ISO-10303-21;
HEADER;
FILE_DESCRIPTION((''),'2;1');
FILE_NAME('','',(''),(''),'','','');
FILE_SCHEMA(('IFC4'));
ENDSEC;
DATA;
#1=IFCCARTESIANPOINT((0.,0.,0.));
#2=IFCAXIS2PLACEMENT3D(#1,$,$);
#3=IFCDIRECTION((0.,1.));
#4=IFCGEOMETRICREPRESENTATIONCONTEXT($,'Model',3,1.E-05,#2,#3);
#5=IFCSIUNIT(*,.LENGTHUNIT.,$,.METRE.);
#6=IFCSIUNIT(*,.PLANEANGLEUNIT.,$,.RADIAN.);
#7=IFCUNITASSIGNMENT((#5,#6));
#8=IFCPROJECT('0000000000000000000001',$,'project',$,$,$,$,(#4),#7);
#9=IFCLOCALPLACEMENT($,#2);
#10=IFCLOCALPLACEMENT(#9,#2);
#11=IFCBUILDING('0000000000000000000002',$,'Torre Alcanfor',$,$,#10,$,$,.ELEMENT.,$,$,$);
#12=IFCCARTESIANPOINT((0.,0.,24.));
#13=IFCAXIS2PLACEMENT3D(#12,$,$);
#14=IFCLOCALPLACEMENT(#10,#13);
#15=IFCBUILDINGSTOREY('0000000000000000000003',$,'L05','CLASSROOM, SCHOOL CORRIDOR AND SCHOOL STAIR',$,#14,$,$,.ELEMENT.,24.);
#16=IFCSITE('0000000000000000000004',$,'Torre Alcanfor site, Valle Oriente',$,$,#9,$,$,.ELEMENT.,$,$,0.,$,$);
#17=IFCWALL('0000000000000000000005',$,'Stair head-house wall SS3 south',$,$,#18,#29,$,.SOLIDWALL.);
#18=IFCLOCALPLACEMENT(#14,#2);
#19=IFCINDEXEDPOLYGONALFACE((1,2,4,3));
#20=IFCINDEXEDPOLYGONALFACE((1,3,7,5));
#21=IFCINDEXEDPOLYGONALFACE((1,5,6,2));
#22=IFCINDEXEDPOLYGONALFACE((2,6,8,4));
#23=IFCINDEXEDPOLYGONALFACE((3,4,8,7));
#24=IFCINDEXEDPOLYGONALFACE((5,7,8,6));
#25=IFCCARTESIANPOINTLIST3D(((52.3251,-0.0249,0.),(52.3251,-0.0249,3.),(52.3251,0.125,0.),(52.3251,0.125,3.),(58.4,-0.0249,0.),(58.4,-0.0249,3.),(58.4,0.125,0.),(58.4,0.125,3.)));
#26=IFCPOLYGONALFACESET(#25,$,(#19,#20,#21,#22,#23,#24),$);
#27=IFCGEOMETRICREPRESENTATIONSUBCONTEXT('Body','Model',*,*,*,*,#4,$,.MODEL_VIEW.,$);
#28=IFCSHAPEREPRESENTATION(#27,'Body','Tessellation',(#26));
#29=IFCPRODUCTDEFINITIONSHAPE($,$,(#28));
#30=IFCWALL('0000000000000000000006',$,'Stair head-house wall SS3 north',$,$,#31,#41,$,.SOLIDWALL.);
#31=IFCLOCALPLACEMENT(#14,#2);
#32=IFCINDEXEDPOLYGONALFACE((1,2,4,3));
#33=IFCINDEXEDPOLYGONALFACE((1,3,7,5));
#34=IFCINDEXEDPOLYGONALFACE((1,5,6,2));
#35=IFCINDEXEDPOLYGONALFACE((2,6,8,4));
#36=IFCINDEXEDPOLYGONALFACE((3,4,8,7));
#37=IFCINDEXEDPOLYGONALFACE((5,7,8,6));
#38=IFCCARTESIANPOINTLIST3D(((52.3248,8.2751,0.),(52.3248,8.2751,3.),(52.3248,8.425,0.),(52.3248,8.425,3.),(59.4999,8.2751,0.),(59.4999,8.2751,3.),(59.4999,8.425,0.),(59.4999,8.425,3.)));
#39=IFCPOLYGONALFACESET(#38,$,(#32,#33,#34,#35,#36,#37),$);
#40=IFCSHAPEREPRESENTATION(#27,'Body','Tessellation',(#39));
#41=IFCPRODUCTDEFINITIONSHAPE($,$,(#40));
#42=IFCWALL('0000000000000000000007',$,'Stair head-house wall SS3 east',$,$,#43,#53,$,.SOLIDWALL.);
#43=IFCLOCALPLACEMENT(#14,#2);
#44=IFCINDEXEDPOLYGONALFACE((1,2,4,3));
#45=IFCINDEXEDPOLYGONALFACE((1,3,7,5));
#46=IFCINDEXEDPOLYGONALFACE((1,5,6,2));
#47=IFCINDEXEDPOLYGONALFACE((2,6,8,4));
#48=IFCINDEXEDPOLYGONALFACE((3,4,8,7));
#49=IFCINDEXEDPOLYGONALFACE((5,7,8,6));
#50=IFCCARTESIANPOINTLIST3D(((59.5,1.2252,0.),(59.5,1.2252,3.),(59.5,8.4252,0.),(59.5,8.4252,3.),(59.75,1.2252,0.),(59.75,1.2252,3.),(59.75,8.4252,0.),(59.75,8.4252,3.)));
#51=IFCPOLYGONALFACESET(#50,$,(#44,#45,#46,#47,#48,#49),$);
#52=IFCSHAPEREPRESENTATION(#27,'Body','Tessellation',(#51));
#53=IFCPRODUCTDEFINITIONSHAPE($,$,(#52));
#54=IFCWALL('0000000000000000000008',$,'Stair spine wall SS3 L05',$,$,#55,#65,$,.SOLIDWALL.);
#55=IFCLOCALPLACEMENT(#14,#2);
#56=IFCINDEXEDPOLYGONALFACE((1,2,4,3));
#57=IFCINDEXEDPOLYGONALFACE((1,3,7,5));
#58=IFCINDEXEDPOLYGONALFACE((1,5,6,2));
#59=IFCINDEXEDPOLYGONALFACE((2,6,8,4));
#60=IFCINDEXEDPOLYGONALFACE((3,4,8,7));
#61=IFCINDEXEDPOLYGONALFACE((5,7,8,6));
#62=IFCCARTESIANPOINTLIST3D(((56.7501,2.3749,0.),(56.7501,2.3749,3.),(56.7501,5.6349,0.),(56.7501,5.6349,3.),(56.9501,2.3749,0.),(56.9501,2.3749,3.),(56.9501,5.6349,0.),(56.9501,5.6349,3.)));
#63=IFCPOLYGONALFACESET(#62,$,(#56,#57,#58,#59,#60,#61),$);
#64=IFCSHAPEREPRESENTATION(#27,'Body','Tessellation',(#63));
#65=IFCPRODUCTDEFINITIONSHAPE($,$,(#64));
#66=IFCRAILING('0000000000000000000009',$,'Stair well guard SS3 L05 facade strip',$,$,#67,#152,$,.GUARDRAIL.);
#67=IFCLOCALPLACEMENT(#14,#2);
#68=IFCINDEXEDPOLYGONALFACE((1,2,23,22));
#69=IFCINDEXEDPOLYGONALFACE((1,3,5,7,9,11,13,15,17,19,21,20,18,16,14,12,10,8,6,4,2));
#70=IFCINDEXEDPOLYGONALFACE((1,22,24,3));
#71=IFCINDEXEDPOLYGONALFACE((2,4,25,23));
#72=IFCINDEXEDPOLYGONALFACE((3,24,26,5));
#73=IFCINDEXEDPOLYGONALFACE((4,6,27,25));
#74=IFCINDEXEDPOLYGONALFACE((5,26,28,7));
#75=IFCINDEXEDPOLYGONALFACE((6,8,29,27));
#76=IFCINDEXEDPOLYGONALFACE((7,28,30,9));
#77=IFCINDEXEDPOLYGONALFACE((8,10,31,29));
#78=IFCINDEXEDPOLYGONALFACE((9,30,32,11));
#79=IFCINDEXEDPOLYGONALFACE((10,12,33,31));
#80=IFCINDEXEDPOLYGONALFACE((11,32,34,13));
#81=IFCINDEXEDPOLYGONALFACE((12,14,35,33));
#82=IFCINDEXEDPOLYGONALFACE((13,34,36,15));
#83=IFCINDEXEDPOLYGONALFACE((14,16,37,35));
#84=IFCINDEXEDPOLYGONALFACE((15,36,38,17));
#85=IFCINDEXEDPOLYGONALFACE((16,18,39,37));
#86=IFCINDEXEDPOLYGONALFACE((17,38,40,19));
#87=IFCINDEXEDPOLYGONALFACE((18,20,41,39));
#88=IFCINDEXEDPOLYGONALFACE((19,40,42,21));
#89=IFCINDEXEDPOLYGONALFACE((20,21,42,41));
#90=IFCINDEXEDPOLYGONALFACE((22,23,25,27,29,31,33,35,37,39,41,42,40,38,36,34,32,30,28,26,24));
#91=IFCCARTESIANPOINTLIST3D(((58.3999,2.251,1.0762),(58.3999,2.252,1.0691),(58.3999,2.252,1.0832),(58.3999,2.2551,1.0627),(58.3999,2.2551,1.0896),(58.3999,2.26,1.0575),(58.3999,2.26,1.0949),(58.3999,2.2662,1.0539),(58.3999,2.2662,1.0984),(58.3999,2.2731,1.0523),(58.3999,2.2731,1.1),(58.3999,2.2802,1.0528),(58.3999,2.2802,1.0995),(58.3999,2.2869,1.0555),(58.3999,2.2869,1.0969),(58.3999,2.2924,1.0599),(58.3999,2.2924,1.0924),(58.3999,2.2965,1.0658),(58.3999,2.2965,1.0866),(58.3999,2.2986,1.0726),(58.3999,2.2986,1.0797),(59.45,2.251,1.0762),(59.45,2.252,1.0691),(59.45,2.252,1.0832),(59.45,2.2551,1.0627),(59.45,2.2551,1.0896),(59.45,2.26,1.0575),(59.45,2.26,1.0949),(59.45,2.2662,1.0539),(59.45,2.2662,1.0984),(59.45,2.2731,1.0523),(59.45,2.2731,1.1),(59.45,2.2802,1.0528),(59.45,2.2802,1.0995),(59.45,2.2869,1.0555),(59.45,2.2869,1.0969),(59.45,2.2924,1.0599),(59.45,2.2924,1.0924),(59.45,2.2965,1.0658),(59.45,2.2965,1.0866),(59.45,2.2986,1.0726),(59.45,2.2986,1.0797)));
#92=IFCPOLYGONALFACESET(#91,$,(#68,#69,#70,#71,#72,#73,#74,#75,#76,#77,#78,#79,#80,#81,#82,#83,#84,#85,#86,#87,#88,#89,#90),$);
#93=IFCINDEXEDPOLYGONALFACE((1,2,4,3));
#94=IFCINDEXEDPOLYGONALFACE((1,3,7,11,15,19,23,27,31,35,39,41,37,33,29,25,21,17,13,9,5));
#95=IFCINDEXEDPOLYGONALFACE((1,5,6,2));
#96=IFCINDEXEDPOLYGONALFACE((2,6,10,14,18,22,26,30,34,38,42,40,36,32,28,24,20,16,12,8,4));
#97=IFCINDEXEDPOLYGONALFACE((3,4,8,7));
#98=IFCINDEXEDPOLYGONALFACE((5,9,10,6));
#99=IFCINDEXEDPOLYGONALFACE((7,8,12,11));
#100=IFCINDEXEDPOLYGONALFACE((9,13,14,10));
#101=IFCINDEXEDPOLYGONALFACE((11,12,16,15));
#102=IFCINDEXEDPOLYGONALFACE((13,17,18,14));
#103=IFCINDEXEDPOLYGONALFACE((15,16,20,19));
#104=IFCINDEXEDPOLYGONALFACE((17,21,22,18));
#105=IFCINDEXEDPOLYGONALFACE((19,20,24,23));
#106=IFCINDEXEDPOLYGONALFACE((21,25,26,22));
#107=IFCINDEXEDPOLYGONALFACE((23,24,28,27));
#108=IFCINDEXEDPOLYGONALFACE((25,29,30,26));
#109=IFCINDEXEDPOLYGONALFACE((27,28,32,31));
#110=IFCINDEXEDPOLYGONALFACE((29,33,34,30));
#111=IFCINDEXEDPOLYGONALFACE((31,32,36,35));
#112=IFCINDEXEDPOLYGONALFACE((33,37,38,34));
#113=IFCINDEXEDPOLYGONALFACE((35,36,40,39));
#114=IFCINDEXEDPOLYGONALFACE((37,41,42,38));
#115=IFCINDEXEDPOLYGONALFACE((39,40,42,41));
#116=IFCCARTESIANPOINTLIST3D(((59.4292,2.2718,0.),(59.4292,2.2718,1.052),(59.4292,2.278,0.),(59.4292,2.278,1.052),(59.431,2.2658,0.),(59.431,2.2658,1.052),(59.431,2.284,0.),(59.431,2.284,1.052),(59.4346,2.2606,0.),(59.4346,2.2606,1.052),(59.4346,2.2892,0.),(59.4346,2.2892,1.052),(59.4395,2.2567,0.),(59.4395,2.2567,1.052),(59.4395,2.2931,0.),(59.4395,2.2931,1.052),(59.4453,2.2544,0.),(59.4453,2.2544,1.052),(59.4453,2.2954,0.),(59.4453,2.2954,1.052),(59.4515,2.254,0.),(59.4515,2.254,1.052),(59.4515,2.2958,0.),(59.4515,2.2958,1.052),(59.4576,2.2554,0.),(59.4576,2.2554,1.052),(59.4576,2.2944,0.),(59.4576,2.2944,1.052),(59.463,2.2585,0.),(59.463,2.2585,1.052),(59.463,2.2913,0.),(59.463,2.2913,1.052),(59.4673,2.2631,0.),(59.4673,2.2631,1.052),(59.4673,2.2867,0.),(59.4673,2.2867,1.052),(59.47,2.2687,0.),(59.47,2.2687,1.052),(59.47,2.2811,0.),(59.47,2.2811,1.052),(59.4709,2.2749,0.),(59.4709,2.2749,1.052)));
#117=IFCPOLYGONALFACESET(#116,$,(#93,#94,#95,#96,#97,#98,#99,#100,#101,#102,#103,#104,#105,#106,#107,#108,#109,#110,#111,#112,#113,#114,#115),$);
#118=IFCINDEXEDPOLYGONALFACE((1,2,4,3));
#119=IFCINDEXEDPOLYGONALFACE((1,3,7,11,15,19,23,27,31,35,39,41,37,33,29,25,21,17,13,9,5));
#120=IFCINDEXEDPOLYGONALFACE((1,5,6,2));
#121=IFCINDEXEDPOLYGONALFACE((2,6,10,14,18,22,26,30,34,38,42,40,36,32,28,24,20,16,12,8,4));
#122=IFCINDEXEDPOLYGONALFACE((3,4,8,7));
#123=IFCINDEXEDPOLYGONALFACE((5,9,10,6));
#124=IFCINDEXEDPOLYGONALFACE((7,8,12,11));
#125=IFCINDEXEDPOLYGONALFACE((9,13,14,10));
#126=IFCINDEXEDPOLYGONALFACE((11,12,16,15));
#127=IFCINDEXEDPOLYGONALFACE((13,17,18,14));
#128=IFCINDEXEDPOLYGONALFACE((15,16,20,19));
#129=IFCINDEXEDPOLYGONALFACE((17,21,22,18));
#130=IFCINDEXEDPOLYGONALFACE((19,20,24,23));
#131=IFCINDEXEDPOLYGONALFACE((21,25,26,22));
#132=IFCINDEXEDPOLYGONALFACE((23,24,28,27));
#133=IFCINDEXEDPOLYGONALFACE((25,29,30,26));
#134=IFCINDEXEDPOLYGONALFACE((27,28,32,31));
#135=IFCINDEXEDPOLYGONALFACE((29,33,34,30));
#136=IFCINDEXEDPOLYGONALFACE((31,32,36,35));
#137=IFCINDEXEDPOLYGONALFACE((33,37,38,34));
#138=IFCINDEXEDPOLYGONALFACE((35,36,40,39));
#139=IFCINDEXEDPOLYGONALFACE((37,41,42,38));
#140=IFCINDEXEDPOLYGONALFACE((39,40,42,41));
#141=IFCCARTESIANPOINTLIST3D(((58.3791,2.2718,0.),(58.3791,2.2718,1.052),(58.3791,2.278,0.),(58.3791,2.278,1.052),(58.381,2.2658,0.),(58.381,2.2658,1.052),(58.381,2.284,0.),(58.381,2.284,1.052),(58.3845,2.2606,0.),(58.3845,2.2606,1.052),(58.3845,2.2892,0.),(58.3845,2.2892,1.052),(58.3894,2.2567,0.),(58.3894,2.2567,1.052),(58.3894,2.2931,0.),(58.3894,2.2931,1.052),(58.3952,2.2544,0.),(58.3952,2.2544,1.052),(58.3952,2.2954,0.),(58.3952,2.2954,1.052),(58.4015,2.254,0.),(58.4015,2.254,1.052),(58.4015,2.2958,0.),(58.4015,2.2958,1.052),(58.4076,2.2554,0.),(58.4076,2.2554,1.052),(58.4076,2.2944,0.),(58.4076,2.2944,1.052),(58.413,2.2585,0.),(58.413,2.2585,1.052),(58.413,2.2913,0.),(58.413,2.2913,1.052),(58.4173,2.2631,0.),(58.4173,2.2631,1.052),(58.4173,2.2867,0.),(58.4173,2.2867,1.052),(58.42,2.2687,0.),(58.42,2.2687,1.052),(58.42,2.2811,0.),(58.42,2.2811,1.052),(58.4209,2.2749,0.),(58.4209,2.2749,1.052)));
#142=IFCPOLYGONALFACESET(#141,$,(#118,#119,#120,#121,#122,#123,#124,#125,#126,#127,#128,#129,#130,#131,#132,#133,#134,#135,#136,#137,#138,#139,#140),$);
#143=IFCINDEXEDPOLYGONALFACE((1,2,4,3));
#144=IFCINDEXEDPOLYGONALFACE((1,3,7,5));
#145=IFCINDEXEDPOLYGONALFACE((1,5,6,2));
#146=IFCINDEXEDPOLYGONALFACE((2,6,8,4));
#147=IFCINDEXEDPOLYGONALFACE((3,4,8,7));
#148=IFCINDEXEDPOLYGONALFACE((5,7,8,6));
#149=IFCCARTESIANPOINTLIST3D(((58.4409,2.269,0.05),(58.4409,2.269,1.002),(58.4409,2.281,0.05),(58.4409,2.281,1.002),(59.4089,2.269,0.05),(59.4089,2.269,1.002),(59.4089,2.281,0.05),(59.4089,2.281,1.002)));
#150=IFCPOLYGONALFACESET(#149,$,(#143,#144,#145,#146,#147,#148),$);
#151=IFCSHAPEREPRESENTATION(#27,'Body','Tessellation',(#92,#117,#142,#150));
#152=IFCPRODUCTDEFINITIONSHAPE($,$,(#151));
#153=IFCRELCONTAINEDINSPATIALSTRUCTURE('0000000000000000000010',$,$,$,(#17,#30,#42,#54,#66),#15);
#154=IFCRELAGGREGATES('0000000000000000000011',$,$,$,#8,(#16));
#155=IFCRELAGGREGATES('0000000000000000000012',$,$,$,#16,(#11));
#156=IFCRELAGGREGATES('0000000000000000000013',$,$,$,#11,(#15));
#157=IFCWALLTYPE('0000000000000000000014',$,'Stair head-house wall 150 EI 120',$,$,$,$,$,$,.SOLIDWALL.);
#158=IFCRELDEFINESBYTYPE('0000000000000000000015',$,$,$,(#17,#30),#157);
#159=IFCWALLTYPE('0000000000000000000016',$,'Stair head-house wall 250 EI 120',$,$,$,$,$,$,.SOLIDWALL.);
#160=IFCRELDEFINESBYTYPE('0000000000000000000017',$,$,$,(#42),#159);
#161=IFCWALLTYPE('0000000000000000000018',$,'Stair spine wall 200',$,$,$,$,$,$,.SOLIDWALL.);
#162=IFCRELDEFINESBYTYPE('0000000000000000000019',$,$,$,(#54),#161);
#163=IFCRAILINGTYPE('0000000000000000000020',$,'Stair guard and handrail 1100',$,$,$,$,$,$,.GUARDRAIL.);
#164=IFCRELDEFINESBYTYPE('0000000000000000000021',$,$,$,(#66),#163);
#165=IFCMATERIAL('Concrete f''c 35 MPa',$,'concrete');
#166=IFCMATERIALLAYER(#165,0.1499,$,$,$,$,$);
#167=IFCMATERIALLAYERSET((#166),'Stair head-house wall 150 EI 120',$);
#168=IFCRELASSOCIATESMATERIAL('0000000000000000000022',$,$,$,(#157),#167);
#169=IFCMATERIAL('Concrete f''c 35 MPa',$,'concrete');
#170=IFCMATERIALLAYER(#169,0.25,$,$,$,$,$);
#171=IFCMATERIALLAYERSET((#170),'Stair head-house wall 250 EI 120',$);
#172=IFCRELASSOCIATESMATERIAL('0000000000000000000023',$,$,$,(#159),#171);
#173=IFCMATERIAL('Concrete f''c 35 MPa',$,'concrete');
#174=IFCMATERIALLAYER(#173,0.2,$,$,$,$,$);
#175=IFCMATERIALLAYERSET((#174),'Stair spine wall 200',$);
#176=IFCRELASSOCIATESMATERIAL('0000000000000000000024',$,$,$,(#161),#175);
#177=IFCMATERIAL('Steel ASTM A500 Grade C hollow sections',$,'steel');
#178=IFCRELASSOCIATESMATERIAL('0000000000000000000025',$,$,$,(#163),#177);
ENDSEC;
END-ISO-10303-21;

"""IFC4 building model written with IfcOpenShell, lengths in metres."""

from ifc_helpers import new_model, si_unit, direction, frame, frame_2d, origin, origin_2d, place, context, subcontext, project, spatial, polyline, rectangle, circle, outline, extrude, material, layer, layer_set, type_object, element, save


model = new_model("IFC4")

# Units and contexts
model_context = context("Model", 3, precision=1e-05, world=origin(), true_north=direction((0.0, 1.0)))
body_context = subcontext(model_context, "Body", "Model", "MODEL_VIEW")
ifc_project = project(units=[si_unit("LENGTHUNIT", "METRE"), si_unit("PLANEANGLEUNIT", "RADIAN")], contexts=[model_context])

# Site, building, storey
site_placement = place(None, origin())
site = spatial("IfcSite", under=ifc_project, at=site_placement, Name="Torre Alcanfor site, Valle Oriente", CompositionType="ELEMENT", RefElevation=0.0)
building_placement = place(site_placement, origin())
building = spatial("IfcBuilding", under=site, at=building_placement, Name="Torre Alcanfor", CompositionType="ELEMENT")
storey_placement = place(building_placement, frame((0.0, 0.0, 24.0)))
storey = spatial("IfcBuildingStorey", under=building, at=storey_placement, Name="L05", Description="CLASSROOM, SCHOOL CORRIDOR AND SCHOOL STAIR", CompositionType="ELEMENT", Elevation=24.0)

# Shared definitions
ifc_material_1 = material(Name="Concrete f'c 35 MPa", Category="concrete")
ifc_layer_1 = layer(ifc_material_1, 0.1499)
ifc_layer_set_1 = layer_set([ifc_layer_1], Name="Stair head-house wall 150 EI 120")
wall_type_1 = type_object("IfcWallType", Name="Stair head-house wall 150 EI 120", PredefinedType="SOLIDWALL", material=ifc_layer_set_1)

# Walls
wall_1_placement = place(storey_placement, frame((52.325, 0.05, 0.0), z_axis=(0.0, 0.0, 1.0), x_axis=(1.0, 0.0, 0.0)))
element("IfcWall", 1, at=wall_1_placement, inside=storey, type_object=wall_type_1, Name="Stair head-house wall SS3 south", PredefinedType="SOLIDWALL", context=body_context, shape_type="SweptSolid", body=[
    extrude(rectangle(XDim=6.075, YDim=0.1499, at=frame_2d((3.0376, 0.0))), origin(), (0.0, 0.0, 1.0), 3.0),
])
wall_2_placement = place(storey_placement, frame((52.325, 8.3501, 0.0), z_axis=(0.0, 0.0, 1.0), x_axis=(1.0, 0.0, 0.0)))
element("IfcWall", 2, at=wall_2_placement, inside=storey, type_object=wall_type_1, Name="Stair head-house wall SS3 north", PredefinedType="SOLIDWALL", context=body_context, shape_type="SweptSolid", body=[
    extrude(rectangle(XDim=7.175, YDim=0.1499, at=frame_2d((3.5874, 0.0))), origin(), (0.0, 0.0, 1.0), 3.0),
])
ifc_material_2 = material(Name="Concrete f'c 35 MPa", Category="concrete")
ifc_layer_2 = layer(ifc_material_2, 0.25)
ifc_layer_set_2 = layer_set([ifc_layer_2], Name="Stair head-house wall 250 EI 120")
wall_type_2 = type_object("IfcWallType", Name="Stair head-house wall 250 EI 120", PredefinedType="SOLIDWALL", material=ifc_layer_set_2)
wall_3_placement = place(storey_placement, frame((59.625, 1.2251, 0.0), z_axis=(0.0, 0.0, 1.0), x_axis=(0.0, 1.0, 0.0)))
element("IfcWall", 3, at=wall_3_placement, inside=storey, type_object=wall_type_2, Name="Stair head-house wall SS3 east", PredefinedType="SOLIDWALL", context=body_context, shape_type="SweptSolid", body=[
    extrude(rectangle(XDim=7.2, YDim=0.25, at=frame_2d((3.6001, 0.0))), origin(), (0.0, 0.0, 1.0), 3.0),
])
ifc_material_3 = material(Name="Concrete f'c 35 MPa", Category="concrete")
ifc_layer_3 = layer(ifc_material_3, 0.2)
ifc_layer_set_3 = layer_set([ifc_layer_3], Name="Stair spine wall 200")
wall_type_3 = type_object("IfcWallType", Name="Stair spine wall 200", PredefinedType="SOLIDWALL", material=ifc_layer_set_3)
wall_4_placement = place(storey_placement, frame((56.8501, 2.375, 0.0), z_axis=(0.0, 0.0, 1.0), x_axis=(0.0, 1.0, 0.0)))
element("IfcWall", 4, at=wall_4_placement, inside=storey, type_object=wall_type_3, Name="Stair spine wall SS3 L05", PredefinedType="SOLIDWALL", context=body_context, shape_type="SweptSolid", body=[
    extrude(rectangle(XDim=3.26, YDim=0.2, at=frame_2d((1.6299, 0.0))), origin(), (0.0, 0.0, 1.0), 3.0),
])

# Railing
ifc_material_4 = material(Name="Steel ASTM A500 Grade C hollow sections", Category="steel")
railing_type = type_object("IfcRailingType", Name="Stair guard and handrail 1100", PredefinedType="GUARDRAIL", material=ifc_material_4)
railing_1_placement = place(storey_placement, frame((59.45, 2.2749, 0.0)))
element("IfcRailing", 5, at=railing_1_placement, inside=storey, type_object=railing_type, Name="Stair well guard SS3 L05 facade strip", PredefinedType="GUARDRAIL", context=body_context, shape_type="SweptSolid", body=[
    extrude(circle(Radius=0.0239, at=origin_2d()), frame((0.0, 0.0, 1.0762), z_axis=(-1.0, 0.0, 0.0), x_axis=(0.0, -1.0, 0.0)), (0.0, 0.0, 1.0), 1.05),
    extrude(circle(Radius=0.021, at=origin_2d()), origin(), (0.0, 0.0, 1.0), 1.052),
    extrude(circle(Radius=0.021, at=origin_2d()), frame((-1.05, 0.0, 0.0)), (0.0, 0.0, 1.0), 1.052),
    extrude(outline(polyline([(0.041, 0.05), (1.009, 0.05), (1.009, 1.002), (0.041, 1.002), (0.041, 0.05)])), frame((0.0, -0.0059, 0.0), z_axis=(0.0, 1.0, 0.0), x_axis=(-1.0, 0.0, 0.0)), (0.0, 0.0, 1.0), 0.012),
])

save(model, "model.ifc")
